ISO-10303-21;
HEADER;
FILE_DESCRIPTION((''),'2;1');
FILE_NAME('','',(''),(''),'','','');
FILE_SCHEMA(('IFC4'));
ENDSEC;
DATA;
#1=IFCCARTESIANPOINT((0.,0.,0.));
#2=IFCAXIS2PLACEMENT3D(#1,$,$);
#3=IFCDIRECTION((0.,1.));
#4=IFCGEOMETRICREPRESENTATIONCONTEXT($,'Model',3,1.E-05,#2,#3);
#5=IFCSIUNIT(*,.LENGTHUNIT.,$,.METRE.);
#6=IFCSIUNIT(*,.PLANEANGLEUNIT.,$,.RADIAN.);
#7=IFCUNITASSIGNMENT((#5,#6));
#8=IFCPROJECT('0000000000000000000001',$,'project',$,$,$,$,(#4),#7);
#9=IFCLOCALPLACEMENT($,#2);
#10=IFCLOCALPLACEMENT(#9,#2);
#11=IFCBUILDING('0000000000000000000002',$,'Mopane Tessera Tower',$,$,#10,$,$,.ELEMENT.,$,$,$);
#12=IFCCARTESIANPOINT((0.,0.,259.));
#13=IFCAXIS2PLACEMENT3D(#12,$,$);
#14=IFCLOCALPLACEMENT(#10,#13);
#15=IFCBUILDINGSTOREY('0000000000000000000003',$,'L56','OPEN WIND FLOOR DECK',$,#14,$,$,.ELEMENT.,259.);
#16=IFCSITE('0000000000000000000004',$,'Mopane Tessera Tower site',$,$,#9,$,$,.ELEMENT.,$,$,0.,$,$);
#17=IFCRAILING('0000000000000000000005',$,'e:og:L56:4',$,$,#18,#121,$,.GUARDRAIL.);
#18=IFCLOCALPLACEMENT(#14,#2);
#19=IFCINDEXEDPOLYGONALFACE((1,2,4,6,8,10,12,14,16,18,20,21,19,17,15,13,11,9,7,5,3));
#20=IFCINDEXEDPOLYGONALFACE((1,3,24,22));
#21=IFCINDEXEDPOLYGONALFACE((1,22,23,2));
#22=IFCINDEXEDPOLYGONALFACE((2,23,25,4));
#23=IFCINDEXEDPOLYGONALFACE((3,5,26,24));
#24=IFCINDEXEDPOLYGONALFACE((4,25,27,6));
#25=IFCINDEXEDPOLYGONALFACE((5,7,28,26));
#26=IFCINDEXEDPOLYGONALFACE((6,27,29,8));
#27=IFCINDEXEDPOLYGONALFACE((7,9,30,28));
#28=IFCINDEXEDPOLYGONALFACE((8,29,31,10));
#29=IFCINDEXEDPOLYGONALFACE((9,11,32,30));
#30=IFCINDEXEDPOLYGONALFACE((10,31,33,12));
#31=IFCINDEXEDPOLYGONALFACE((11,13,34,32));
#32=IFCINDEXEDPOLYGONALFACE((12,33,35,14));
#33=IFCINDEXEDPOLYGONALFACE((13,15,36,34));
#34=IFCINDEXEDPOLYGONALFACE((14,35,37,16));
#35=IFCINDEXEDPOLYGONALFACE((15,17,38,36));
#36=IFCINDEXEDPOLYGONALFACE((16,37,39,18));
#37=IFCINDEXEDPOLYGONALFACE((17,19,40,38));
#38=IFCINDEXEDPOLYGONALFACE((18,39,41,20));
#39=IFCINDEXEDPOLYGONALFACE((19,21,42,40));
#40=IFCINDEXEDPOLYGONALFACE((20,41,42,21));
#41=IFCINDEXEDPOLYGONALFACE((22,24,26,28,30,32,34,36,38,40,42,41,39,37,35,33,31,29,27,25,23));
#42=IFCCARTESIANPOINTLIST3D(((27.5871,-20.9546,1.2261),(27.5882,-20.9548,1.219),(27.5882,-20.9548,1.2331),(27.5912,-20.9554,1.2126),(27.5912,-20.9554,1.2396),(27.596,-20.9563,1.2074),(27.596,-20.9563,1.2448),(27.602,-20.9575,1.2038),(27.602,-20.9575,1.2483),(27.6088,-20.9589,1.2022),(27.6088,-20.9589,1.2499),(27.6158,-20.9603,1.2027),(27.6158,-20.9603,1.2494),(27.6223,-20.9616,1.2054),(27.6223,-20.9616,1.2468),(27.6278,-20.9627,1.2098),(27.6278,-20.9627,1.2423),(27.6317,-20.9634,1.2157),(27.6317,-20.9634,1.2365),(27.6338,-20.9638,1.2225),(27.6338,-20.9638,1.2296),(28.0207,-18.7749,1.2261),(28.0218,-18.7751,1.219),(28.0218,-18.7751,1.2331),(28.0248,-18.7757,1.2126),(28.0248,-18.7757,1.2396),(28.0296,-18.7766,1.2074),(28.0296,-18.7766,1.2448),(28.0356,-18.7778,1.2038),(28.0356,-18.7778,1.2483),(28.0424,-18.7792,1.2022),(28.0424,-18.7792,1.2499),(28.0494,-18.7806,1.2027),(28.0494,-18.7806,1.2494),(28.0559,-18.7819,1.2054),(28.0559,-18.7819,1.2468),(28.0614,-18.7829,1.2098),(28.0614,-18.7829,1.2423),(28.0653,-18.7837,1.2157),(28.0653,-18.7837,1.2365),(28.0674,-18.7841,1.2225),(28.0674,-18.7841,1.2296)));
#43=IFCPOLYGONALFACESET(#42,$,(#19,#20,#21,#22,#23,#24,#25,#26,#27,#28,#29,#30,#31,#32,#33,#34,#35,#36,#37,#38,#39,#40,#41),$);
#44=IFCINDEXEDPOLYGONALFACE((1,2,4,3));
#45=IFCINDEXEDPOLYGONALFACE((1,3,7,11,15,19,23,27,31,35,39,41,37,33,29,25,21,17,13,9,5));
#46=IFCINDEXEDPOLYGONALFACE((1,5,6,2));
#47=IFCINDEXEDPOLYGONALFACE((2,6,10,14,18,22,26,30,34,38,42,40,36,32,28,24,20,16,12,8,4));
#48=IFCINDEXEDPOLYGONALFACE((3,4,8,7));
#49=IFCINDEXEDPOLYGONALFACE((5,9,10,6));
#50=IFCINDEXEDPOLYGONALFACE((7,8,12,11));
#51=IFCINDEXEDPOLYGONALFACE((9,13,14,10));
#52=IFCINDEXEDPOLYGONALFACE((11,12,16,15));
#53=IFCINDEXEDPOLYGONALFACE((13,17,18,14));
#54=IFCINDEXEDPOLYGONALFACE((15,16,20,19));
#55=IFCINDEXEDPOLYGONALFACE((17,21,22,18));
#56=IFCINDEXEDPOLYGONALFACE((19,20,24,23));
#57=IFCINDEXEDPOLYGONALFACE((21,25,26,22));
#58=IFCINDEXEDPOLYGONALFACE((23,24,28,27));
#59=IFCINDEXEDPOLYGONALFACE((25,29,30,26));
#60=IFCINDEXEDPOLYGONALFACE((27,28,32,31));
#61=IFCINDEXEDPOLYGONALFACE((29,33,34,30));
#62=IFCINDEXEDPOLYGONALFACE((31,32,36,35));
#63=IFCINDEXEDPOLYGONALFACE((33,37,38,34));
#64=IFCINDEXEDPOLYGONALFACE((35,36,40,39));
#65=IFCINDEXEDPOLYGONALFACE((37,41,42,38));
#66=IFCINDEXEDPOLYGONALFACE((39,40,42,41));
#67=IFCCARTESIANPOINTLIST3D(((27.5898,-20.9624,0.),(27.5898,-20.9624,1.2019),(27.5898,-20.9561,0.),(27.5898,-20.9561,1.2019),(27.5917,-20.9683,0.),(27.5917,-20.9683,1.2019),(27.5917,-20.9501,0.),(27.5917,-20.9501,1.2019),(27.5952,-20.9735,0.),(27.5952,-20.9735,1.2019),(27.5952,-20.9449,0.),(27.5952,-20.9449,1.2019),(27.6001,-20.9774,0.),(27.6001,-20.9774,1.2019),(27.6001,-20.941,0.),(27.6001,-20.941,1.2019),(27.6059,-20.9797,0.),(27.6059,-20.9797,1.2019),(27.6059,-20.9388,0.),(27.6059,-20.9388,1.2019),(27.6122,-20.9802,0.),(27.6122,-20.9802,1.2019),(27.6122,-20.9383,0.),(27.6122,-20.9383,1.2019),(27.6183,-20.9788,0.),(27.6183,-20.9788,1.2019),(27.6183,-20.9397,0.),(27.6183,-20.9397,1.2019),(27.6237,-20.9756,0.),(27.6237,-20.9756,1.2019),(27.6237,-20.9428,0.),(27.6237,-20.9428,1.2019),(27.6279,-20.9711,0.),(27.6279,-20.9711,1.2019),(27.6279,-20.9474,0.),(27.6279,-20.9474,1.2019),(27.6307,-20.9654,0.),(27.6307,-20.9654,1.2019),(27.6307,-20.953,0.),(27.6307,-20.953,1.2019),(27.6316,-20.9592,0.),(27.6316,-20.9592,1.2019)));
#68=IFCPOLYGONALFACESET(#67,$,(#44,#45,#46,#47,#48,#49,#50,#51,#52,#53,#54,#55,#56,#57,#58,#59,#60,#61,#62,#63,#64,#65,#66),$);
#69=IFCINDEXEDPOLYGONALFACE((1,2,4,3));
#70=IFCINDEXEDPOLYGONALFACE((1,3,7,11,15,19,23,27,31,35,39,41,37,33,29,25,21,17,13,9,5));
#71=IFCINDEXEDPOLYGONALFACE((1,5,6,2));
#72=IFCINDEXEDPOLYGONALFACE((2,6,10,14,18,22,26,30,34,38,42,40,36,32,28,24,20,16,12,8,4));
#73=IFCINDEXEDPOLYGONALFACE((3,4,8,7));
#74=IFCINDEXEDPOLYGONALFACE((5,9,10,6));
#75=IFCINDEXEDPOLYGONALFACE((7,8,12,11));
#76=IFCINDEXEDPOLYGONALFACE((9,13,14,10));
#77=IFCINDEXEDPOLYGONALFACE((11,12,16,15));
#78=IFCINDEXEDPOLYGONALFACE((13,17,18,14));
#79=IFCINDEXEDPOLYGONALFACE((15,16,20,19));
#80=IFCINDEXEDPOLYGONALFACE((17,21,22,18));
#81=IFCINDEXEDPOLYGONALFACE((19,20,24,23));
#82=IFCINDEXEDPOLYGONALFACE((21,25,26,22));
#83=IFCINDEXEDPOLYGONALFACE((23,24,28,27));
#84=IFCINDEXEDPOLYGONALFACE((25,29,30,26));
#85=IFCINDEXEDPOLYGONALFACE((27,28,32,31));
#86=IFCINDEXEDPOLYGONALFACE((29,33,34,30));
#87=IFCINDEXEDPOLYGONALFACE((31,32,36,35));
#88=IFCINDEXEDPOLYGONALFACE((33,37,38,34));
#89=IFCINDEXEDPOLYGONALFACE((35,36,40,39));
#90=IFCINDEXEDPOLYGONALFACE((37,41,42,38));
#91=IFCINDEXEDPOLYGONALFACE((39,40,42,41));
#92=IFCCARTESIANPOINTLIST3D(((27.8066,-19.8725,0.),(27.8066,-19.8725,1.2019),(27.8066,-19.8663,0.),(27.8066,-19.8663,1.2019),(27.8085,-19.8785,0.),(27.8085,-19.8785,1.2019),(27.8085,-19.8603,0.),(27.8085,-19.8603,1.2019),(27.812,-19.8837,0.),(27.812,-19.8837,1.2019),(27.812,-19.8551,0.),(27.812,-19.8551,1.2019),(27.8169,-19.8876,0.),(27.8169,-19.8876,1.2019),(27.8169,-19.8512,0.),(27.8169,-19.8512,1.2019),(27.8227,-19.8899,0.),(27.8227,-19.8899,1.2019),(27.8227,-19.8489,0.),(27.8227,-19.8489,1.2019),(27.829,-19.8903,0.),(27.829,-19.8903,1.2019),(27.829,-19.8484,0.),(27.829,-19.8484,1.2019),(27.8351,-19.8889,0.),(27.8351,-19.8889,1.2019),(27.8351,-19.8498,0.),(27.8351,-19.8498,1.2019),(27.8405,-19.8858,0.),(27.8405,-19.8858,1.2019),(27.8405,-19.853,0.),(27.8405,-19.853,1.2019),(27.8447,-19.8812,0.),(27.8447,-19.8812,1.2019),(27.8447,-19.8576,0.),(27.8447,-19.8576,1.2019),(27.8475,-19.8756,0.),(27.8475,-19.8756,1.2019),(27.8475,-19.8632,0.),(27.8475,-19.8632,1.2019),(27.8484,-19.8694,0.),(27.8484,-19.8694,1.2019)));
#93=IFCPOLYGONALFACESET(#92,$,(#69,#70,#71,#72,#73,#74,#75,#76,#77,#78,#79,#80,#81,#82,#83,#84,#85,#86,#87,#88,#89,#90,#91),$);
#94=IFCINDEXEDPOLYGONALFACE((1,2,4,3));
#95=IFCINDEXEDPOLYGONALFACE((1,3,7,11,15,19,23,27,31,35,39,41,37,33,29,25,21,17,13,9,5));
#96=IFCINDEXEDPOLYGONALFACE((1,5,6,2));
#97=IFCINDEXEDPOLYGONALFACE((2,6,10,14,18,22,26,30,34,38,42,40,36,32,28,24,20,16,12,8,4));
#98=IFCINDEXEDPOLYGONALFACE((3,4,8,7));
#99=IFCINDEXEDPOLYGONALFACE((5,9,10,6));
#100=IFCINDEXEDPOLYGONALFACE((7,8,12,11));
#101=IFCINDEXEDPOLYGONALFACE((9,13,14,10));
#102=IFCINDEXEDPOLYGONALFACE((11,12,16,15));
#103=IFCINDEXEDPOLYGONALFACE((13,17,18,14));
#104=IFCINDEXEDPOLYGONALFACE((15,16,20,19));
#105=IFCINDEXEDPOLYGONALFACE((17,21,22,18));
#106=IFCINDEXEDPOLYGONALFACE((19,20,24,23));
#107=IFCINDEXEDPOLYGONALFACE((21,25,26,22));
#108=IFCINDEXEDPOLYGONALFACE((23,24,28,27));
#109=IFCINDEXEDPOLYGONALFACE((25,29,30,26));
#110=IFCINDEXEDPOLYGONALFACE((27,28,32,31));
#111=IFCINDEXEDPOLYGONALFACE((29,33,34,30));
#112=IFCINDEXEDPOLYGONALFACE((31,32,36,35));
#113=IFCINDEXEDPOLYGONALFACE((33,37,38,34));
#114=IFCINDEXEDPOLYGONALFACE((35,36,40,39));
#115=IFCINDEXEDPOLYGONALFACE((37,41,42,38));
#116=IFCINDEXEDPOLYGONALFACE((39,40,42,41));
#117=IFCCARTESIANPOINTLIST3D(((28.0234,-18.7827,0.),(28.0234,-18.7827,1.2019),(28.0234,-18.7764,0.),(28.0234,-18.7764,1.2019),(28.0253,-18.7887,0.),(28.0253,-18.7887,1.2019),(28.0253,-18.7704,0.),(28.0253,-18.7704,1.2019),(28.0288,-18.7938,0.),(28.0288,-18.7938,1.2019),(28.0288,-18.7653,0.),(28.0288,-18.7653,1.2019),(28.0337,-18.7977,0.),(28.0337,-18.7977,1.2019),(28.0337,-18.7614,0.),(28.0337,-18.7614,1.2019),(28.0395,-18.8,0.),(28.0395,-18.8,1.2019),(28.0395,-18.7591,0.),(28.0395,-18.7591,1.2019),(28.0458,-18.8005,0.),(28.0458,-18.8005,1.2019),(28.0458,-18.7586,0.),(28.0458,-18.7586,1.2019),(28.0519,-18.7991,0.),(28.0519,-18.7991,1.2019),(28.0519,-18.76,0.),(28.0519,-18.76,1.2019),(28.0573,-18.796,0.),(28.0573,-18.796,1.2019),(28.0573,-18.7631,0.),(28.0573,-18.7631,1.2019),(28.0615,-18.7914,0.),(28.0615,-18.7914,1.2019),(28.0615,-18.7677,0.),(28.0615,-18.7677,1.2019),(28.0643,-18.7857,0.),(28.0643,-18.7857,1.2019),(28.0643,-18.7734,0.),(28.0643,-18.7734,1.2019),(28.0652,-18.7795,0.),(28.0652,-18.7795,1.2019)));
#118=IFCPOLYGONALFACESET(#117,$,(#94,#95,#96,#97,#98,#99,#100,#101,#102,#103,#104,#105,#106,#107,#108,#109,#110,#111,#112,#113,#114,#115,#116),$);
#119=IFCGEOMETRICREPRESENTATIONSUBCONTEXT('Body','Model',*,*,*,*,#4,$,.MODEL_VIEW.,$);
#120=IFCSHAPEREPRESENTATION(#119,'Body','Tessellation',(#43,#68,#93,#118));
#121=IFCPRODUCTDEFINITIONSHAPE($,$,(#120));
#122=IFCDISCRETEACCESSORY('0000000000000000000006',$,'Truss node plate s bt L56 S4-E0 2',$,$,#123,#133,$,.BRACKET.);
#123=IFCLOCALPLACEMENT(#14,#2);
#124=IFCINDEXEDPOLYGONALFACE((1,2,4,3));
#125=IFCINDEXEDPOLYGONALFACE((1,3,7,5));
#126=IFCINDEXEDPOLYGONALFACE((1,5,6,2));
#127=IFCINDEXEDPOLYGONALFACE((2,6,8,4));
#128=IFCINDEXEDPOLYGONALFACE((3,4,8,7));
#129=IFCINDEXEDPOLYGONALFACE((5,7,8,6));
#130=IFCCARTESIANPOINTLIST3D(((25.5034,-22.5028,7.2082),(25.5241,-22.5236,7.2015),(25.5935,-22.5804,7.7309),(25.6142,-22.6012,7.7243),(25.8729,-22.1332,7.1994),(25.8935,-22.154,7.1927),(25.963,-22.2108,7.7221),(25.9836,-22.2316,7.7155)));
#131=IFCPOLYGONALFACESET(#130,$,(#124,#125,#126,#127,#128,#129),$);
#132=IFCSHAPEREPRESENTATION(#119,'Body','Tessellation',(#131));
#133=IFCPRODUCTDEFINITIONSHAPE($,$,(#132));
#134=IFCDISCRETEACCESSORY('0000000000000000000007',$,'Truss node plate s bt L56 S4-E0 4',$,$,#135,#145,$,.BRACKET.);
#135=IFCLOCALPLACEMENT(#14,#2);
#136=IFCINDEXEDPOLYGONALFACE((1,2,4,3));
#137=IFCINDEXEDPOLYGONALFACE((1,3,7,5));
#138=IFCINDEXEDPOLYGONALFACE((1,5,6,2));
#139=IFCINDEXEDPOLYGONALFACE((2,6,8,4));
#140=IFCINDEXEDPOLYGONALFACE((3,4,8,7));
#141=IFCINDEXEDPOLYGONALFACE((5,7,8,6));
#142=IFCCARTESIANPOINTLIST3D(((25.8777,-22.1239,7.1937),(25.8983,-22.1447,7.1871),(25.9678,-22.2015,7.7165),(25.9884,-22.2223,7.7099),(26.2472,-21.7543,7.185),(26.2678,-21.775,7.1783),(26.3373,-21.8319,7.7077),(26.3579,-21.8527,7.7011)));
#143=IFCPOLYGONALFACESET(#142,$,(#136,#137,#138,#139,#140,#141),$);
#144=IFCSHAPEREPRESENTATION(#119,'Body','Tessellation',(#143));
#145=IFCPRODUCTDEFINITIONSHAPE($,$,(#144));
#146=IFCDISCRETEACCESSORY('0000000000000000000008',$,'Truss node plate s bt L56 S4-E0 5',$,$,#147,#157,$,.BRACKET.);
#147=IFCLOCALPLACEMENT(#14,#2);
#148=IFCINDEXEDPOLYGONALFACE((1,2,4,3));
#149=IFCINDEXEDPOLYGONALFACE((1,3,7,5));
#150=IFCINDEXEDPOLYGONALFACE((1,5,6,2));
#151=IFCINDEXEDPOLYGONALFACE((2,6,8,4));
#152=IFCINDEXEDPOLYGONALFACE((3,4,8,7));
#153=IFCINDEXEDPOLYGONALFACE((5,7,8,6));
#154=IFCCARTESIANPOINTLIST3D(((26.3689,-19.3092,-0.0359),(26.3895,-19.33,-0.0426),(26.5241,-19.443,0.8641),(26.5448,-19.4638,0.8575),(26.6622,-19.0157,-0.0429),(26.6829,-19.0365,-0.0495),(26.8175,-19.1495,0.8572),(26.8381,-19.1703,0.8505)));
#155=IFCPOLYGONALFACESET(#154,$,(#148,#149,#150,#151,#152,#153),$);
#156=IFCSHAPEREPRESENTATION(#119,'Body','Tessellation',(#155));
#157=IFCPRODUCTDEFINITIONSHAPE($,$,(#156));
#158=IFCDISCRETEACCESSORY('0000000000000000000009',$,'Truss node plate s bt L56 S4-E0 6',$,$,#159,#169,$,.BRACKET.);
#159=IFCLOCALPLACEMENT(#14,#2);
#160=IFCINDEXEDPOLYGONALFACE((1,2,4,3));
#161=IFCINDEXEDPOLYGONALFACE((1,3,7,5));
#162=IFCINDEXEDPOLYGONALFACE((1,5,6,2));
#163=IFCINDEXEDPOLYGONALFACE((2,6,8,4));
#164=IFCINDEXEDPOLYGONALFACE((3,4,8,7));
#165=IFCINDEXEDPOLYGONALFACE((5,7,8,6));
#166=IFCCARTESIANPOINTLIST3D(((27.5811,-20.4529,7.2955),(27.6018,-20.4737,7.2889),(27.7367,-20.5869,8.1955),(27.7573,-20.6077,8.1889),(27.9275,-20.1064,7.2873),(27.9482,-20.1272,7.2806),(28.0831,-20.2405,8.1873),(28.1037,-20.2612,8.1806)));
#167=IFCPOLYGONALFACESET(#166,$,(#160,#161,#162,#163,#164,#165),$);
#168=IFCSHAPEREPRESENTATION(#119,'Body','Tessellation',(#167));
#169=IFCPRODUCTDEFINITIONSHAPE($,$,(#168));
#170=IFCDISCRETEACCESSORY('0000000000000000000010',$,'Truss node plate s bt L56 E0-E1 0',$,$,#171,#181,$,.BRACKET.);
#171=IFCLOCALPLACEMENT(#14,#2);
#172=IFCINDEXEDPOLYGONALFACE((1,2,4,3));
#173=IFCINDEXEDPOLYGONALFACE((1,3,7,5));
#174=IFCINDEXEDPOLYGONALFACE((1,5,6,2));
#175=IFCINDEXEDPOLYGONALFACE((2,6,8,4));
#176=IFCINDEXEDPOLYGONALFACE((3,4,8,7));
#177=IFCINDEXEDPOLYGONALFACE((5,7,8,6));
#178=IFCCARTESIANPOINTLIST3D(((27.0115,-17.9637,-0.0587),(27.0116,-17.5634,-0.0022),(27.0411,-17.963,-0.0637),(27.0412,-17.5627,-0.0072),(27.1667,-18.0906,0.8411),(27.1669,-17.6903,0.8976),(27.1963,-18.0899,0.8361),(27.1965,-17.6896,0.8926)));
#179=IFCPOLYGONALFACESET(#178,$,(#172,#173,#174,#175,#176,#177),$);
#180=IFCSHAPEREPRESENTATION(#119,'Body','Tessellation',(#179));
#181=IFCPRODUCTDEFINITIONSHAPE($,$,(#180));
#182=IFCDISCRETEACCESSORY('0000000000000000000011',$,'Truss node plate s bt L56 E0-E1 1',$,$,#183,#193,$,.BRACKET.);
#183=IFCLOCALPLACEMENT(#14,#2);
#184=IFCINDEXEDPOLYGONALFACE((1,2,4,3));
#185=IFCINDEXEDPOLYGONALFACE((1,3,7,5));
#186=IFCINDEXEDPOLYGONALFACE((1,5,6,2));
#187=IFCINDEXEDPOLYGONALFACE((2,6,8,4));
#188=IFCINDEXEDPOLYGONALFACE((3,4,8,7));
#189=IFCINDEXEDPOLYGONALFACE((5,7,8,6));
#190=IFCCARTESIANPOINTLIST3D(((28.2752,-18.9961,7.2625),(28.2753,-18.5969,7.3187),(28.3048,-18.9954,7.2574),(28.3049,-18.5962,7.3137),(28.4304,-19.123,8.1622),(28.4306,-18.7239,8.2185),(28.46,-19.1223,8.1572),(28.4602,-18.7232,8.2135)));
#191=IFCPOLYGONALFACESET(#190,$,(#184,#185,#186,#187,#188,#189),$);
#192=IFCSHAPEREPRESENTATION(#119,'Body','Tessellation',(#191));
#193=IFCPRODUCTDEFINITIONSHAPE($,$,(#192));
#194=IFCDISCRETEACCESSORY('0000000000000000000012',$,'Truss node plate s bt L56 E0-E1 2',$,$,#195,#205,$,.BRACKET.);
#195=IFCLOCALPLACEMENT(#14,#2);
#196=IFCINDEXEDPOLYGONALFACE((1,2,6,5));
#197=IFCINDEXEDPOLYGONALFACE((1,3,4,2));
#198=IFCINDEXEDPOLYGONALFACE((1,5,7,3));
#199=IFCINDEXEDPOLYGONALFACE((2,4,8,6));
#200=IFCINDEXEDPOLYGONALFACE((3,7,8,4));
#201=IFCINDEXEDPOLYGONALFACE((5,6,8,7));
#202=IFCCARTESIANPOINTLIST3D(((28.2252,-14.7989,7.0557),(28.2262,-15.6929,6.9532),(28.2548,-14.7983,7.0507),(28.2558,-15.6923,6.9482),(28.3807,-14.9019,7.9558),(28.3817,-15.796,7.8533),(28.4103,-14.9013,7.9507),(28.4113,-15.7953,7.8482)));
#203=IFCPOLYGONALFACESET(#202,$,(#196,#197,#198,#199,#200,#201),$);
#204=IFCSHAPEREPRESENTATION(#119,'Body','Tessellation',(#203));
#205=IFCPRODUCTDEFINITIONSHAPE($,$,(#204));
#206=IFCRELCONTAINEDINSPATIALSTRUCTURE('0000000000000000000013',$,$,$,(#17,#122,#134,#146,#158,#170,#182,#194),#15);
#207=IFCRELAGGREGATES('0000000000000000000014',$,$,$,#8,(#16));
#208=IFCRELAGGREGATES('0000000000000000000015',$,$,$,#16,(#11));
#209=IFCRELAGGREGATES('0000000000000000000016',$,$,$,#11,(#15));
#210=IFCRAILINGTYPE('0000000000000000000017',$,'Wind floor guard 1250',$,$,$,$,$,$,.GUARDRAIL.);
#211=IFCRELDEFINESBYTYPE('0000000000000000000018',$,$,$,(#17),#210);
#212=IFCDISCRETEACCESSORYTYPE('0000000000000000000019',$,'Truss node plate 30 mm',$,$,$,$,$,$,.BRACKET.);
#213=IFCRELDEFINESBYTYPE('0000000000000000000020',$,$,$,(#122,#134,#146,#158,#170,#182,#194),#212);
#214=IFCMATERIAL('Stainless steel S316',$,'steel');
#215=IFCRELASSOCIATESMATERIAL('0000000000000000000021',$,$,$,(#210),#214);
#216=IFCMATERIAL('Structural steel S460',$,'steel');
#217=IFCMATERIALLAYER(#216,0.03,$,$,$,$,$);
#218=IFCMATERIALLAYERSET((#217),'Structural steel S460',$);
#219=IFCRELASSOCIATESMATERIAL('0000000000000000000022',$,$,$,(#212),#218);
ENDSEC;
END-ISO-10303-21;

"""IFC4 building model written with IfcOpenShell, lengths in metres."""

from ifc_helpers import new_model, si_unit, direction, frame, origin, origin_2d, place, context, subcontext, project, spatial, rectangle, circle, extrude, material, layer, layer_set, type_object, element, save


model = new_model("IFC4")

# Units and contexts
model_context = context("Model", 3, precision=1e-05, world=origin(), true_north=direction((0.0, 1.0)))
body_context = subcontext(model_context, "Body", "Model", "MODEL_VIEW")
ifc_project = project(units=[si_unit("LENGTHUNIT", "METRE"), si_unit("PLANEANGLEUNIT", "RADIAN")], contexts=[model_context])

# Site, building, storey
site_placement = place(None, origin())
site = spatial("IfcSite", under=ifc_project, at=site_placement, Name="Mopane Tessera Tower site", CompositionType="ELEMENT", RefElevation=0.0)
building_placement = place(site_placement, origin())
building = spatial("IfcBuilding", under=site, at=building_placement, Name="Mopane Tessera Tower", CompositionType="ELEMENT")
storey_placement = place(building_placement, frame((0.0, 0.0, 259.0)))
storey = spatial("IfcBuildingStorey", under=building, at=storey_placement, Name="L56", Description="OPEN WIND FLOOR DECK", CompositionType="ELEMENT", Elevation=259.0)

# Railing
ifc_material_1 = material(Name="Stainless steel S316", Category="steel")
railing_type = type_object("IfcRailingType", Name="Wind floor guard 1250", PredefinedType="GUARDRAIL", material=ifc_material_1)
railing_1_placement = place(storey_placement, frame((27.6106, -20.9592, 0.0)))
element("IfcRailing", 1, at=railing_1_placement, inside=storey, type_object=railing_type, Name="e:og:L56:4", PredefinedType="GUARDRAIL", context=body_context, shape_type="SweptSolid", body=[
    extrude(circle(Radius=0.0239, at=origin_2d()), frame((0.0, 0.0, 1.2261), z_axis=(0.195102, 0.980783, 0.0), x_axis=(-0.980783, 0.195102, 0.0)), (0.0, 0.0, 1.0), 2.2224),
    extrude(circle(Radius=0.021, at=origin_2d()), origin(), (0.0, 0.0, 1.0), 1.2019),
    extrude(circle(Radius=0.021, at=origin_2d()), frame((0.2168, 1.0898, 0.0)), (0.0, 0.0, 1.0), 1.2019),
    extrude(circle(Radius=0.021, at=origin_2d()), frame((0.4336, 2.1797, 0.0)), (0.0, 0.0, 1.0), 1.2019),
])

# Discrete accessories
ifc_material_2 = material(Name="Structural steel S460", Category="steel")
ifc_layer_1 = layer(ifc_material_2, 0.03)
ifc_layer_set_1 = layer_set([ifc_layer_1], Name="Structural steel S460")
discrete_accessory_type = type_object("IfcDiscreteAccessoryType", Name="Truss node plate 30 mm", PredefinedType="BRACKET", material=ifc_layer_set_1)
for number, where, z_axis, x_axis, name in (
    (2, (25.6985, -22.3284, 7.2004), (0.168055, -0.144828, 0.975081), (-0.687074, 0.692094, 0.221213), "Truss node plate s bt L56 S4-E0 2"),
    (3, (26.0728, -21.9495, 7.186), (0.168055, -0.144828, 0.975081), (-0.687074, 0.692094, 0.221213), "Truss node plate s bt L56 S4-E0 4"),
):
    element("IfcDiscreteAccessory", number, at=place(storey_placement, frame(where, z_axis=z_axis, x_axis=x_axis)), inside=storey, type_object=discrete_accessory_type, Name=name, PredefinedType="BRACKET", context=body_context, shape_type="SweptSolid", body=[
        extrude(rectangle(XDim=0.03, YDim=0.5227, at=origin_2d()), origin(), (0.0, 0.0, 1.0), 0.5361),
    ])
discrete_accessory_1_placement = place(storey_placement, frame((26.5259, -19.1729, -0.0427), z_axis=(0.168193, -0.144921, 0.975043), x_axis=(-0.687106, 0.692009, 0.221378)))
element("IfcDiscreteAccessory", 4, at=discrete_accessory_1_placement, inside=storey, type_object=discrete_accessory_type, Name="Truss node plate s bt L56 S4-E0 5", PredefinedType="BRACKET", context=body_context, shape_type="SweptSolid", body=[
    extrude(rectangle(XDim=0.03, YDim=0.415, at=origin_2d()), origin(), (0.0, 0.0, 1.0), 0.9231),
])
discrete_accessory_2_placement = place(storey_placement, frame((27.7646, -20.29, 7.2881), z_axis=(0.168487, -0.145211, 0.974949), x_axis=(-0.686949, 0.692034, 0.221789)))
element("IfcDiscreteAccessory", 5, at=discrete_accessory_2_placement, inside=storey, type_object=discrete_accessory_type, Name="Truss node plate s bt L56 S4-E0 6", PredefinedType="BRACKET", context=body_context, shape_type="SweptSolid", body=[
    extrude(rectangle(XDim=0.03, YDim=0.49, at=origin_2d()), origin(), (0.0, 0.0, 1.0), 0.9231),
])
discrete_accessory_3_placement = place(storey_placement, frame((27.0264, -17.7632, -0.033), z_axis=(0.168413, -0.137696, 0.976052), x_axis=(-0.985717, -0.023129, 0.166817)))
element("IfcDiscreteAccessory", 6, at=discrete_accessory_3_placement, inside=storey, type_object=discrete_accessory_type, Name="Truss node plate s bt L56 E0-E1 0", PredefinedType="BRACKET", context=body_context, shape_type="SweptSolid", body=[
    extrude(rectangle(XDim=0.03, YDim=0.4043, at=origin_2d()), origin(), (0.0, 0.0, 1.0), 0.9219),
])
discrete_accessory_4_placement = place(storey_placement, frame((28.29, -18.7961, 7.2881), z_axis=(0.168413, -0.137696, 0.976052), x_axis=(-0.985717, -0.023145, 0.166815)))
element("IfcDiscreteAccessory", 7, at=discrete_accessory_4_placement, inside=storey, type_object=discrete_accessory_type, Name="Truss node plate s bt L56 E0-E1 1", PredefinedType="BRACKET", context=body_context, shape_type="SweptSolid", body=[
    extrude(rectangle(XDim=0.03, YDim=0.4031, at=origin_2d()), origin(), (0.0, 0.0, 1.0), 0.9219),
])
discrete_accessory_5_placement = place(storey_placement, frame((28.2405, -15.2456, 7.002), z_axis=(0.169174, -0.112075, 0.979193), x_axis=(-0.985586, -0.02035, 0.16795)))
element("IfcDiscreteAccessory", 8, at=discrete_accessory_5_placement, inside=storey, type_object=discrete_accessory_type, Name="Truss node plate s bt L56 E0-E1 2", PredefinedType="BRACKET", context=body_context, shape_type="SweptSolid", body=[
    extrude(rectangle(XDim=0.03, YDim=0.8999, at=origin_2d()), origin(), (0.0, 0.0, 1.0), 0.9192),
])

save(model, "model.ifc")
